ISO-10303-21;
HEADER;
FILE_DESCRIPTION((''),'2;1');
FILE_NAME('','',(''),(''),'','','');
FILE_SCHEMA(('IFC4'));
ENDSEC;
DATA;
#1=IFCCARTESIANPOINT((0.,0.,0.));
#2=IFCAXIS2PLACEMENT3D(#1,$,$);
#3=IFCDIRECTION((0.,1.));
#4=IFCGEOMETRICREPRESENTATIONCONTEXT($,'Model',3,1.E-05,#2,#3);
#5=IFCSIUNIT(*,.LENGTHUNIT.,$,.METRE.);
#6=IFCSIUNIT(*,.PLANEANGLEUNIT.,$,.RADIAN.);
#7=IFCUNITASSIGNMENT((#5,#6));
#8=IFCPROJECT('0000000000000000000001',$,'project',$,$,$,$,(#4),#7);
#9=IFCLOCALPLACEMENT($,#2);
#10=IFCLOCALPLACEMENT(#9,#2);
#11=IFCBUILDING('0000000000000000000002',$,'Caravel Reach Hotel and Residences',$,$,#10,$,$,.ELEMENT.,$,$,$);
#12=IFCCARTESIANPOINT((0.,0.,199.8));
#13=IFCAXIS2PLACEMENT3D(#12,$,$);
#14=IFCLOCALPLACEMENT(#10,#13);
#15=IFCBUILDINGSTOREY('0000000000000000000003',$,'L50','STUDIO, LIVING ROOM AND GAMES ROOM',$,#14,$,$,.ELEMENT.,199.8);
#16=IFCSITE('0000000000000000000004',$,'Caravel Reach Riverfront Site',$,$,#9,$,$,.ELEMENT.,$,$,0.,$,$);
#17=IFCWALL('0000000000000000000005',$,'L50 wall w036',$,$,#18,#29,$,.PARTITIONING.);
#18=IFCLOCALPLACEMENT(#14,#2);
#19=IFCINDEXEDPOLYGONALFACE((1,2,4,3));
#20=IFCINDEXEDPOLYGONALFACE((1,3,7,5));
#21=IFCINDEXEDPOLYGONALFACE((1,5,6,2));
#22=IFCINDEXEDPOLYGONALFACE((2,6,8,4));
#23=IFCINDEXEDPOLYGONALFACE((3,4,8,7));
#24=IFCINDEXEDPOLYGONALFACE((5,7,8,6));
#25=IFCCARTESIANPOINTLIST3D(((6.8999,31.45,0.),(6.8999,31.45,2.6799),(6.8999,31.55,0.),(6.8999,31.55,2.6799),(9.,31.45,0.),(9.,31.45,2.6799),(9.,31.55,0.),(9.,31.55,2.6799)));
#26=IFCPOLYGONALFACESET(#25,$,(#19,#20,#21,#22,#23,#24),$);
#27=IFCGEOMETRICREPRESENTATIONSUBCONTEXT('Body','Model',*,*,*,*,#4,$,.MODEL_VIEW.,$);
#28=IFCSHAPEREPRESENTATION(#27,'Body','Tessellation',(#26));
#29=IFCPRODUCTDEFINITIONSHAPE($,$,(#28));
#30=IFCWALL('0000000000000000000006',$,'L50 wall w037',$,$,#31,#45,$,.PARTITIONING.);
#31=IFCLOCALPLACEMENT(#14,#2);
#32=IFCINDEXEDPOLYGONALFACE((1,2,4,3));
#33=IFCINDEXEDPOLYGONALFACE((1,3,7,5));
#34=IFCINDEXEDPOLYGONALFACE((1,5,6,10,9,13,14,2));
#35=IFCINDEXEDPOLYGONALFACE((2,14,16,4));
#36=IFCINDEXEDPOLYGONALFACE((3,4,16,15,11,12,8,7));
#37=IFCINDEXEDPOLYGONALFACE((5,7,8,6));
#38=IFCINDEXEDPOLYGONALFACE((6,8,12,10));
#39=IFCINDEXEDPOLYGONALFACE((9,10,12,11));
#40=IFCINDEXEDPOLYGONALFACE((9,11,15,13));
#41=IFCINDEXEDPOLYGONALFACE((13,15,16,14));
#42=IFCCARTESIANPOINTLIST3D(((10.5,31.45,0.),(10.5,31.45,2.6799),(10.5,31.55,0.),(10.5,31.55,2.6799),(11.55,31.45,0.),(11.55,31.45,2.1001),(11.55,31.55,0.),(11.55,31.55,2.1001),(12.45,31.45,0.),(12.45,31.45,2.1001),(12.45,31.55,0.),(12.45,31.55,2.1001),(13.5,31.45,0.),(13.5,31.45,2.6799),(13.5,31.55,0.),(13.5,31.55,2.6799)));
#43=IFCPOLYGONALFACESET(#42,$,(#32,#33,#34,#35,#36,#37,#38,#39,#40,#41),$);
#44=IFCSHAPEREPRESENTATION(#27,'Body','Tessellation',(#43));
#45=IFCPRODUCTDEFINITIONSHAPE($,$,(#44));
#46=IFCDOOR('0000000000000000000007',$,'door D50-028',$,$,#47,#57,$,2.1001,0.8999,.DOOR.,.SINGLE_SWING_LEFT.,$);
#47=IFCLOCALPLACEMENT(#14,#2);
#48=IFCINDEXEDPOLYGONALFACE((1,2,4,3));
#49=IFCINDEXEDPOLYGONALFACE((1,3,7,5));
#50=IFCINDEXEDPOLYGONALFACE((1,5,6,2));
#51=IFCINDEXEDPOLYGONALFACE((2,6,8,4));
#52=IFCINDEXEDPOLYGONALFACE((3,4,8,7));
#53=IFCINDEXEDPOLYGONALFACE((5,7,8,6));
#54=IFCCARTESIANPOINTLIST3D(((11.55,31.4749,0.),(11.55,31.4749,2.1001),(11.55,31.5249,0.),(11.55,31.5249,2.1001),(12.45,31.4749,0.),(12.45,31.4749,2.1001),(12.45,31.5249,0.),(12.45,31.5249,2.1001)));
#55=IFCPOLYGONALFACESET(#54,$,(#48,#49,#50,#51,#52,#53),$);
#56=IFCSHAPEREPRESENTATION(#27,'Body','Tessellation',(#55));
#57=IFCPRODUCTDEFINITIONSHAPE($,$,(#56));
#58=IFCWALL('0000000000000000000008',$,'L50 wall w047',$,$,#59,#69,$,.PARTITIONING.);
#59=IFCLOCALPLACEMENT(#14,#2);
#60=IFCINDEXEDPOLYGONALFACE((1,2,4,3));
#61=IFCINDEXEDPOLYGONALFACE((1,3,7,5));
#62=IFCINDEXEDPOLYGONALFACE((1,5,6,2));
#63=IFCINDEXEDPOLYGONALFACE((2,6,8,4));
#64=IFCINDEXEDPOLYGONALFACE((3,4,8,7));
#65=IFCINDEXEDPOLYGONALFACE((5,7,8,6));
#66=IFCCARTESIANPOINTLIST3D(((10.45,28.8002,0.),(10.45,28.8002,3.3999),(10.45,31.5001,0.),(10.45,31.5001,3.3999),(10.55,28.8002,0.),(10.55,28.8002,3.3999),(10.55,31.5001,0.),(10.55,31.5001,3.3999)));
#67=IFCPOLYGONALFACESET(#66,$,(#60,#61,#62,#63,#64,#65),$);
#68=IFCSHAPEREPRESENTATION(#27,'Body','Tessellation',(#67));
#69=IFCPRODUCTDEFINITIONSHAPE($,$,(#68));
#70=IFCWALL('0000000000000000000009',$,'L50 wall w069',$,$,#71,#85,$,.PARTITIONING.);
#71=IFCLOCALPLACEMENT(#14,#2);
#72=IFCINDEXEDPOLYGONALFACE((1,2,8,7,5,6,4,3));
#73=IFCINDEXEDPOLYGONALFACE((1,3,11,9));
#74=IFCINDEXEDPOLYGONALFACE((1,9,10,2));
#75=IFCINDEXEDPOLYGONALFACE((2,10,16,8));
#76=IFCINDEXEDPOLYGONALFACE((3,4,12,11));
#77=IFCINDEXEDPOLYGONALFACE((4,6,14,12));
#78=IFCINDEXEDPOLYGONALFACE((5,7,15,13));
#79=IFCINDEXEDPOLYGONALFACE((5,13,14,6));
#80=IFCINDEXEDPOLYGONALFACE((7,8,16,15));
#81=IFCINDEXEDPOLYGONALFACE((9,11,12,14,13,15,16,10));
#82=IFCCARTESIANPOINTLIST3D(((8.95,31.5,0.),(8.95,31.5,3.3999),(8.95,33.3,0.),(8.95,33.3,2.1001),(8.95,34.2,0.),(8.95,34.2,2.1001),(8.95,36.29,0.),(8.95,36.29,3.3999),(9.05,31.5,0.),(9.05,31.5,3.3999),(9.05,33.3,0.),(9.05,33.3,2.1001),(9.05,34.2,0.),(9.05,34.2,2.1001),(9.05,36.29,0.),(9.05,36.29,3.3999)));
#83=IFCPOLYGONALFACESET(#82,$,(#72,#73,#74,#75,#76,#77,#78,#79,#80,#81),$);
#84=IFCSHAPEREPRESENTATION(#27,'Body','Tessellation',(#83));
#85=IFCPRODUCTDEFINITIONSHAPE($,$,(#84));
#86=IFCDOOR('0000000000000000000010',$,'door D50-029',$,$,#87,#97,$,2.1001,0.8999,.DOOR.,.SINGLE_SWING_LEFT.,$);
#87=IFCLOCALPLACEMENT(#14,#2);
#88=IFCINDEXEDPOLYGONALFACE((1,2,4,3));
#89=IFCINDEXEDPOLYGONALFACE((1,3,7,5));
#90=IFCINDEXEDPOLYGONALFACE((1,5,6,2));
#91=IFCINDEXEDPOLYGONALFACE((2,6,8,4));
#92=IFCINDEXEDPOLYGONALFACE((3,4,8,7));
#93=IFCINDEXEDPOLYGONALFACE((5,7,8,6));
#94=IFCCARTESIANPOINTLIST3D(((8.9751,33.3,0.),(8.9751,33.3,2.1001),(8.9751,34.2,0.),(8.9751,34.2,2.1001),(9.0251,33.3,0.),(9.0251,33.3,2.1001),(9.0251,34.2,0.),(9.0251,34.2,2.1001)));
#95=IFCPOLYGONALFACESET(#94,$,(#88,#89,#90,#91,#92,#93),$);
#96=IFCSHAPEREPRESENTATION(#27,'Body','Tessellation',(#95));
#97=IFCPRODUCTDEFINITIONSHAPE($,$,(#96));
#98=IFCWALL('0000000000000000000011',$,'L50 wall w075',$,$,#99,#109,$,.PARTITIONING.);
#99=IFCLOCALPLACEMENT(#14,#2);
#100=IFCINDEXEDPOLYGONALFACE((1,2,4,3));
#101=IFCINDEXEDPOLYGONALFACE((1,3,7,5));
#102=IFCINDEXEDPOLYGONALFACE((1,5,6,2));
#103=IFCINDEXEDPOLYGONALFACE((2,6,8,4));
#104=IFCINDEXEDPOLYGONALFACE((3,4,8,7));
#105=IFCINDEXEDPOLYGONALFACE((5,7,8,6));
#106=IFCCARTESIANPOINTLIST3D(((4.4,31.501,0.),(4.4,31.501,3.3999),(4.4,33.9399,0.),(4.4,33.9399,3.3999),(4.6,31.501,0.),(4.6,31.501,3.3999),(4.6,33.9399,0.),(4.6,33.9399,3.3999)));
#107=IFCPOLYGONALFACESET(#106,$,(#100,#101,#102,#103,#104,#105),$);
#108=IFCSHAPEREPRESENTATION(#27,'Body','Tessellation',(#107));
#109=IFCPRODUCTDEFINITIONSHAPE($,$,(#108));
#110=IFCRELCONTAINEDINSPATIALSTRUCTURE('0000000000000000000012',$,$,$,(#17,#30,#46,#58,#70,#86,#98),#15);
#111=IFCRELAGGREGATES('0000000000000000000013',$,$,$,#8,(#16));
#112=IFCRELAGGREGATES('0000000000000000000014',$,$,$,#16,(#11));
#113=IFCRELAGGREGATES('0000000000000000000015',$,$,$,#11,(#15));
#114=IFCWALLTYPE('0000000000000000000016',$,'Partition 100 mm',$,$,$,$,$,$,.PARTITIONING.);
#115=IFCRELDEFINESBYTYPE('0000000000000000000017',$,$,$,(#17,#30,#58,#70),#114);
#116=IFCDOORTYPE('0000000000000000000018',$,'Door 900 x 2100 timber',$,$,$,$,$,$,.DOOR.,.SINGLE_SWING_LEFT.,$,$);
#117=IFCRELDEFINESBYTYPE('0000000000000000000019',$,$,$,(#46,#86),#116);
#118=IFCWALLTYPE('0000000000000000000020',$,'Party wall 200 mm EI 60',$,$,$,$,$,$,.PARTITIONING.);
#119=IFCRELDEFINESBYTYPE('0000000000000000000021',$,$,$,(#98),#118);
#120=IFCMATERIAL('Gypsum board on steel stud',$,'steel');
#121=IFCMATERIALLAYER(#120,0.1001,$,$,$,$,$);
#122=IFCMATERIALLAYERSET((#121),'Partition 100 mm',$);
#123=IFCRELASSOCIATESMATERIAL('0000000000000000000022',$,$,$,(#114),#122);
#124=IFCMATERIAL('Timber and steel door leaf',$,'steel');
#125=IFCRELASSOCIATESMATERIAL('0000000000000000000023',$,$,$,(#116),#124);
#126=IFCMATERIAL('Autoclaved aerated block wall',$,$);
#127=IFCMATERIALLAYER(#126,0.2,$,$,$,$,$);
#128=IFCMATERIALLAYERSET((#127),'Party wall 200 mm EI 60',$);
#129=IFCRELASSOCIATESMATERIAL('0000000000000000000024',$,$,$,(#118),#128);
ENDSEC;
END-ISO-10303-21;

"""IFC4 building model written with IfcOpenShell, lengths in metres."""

from ifc_helpers import new_model, si_unit, direction, frame, frame_2d, origin, place, context, subcontext, project, spatial, rectangle, extrude, material, layer, layer_set, type_object, element, fill, save


model = new_model("IFC4")

# Units and contexts
model_context = context("Model", 3, precision=1e-05, world=origin(), true_north=direction((0.0, 1.0)))
body_context = subcontext(model_context, "Body", "Model", "MODEL_VIEW")
ifc_project = project(units=[si_unit("LENGTHUNIT", "METRE"), si_unit("PLANEANGLEUNIT", "RADIAN")], contexts=[model_context])

# Site, building, storey
site_placement = place(None, origin())
site = spatial("IfcSite", under=ifc_project, at=site_placement, Name="Caravel Reach Riverfront Site", CompositionType="ELEMENT", RefElevation=0.0)
building_placement = place(site_placement, origin())
building = spatial("IfcBuilding", under=site, at=building_placement, Name="Caravel Reach Hotel and Residences", CompositionType="ELEMENT")
storey_placement = place(building_placement, frame((0.0, 0.0, 199.8)))
storey = spatial("IfcBuildingStorey", under=building, at=storey_placement, Name="L50", Description="STUDIO, LIVING ROOM AND GAMES ROOM", CompositionType="ELEMENT", Elevation=199.8)

# Wall
ifc_material_1 = material(Name="Gypsum board on steel stud", Category="steel")
ifc_layer_1 = layer(ifc_material_1, 0.1001)
ifc_layer_set_1 = layer_set([ifc_layer_1], Name="Partition 100 mm")
wall_type_1 = type_object("IfcWallType", Name="Partition 100 mm", PredefinedType="PARTITIONING", material=ifc_layer_set_1)
wall_1_placement = place(storey_placement, frame((6.8999, 31.5, 0.0), z_axis=(0.0, 0.0, 1.0), x_axis=(1.0, 0.0, 0.0)))
element("IfcWall", 1, at=wall_1_placement, inside=storey, type_object=wall_type_1, Name="L50 wall w036", PredefinedType="PARTITIONING", context=body_context, shape_type="SweptSolid", body=[
    extrude(rectangle(XDim=2.1001, YDim=0.1001, at=frame_2d((1.05, 0.0))), origin(), (0.0, 0.0, 1.0), 2.6799),
])

# Wall, opening, door
wall_2_placement = place(storey_placement, frame((10.5, 31.5, 0.0), z_axis=(0.0, 0.0, 1.0), x_axis=(1.0, 0.0, 0.0)))
wall_2 = element("IfcWall", 2, at=wall_2_placement, inside=storey, type_object=wall_type_1, Name="L50 wall w037", PredefinedType="PARTITIONING", context=body_context, shape_type="SweptSolid", body=[
    extrude(rectangle(XDim=3.0, YDim=0.1001, at=frame_2d((1.5, 0.0))), origin(), (0.0, 0.0, 1.0), 2.6799),
])
opening_1_placement = place(wall_2_placement, frame((1.05, 0.0, 0.0)))
opening_1 = element("IfcOpeningElement", 3, at=opening_1_placement, cuts=wall_2, PredefinedType="OPENING", context=body_context, shape_type="SweptSolid", body=[
    extrude(rectangle(XDim=0.8999, YDim=2.1001, at=frame_2d((0.45, 1.05))), frame((0.0, 0.0601, 0.0), z_axis=(0.0, -1.0, 0.0), x_axis=(1.0, 0.0, 0.0)), (0.0, 0.0, 1.0), 0.1201),
])
ifc_material_2 = material(Name="Timber and steel door leaf", Category="steel")
door_type_1 = type_object("IfcDoorType", Name="Door 900 x 2100 timber", OperationType="SINGLE_SWING_LEFT", PredefinedType="DOOR", material=ifc_material_2)
door_1_placement = place(opening_1_placement, origin())
door_1 = element("IfcDoor", 4, at=door_1_placement, inside=storey, type_object=door_type_1, Name="door D50-028", OperationType="SINGLE_SWING_LEFT", OverallHeight=2.1001, OverallWidth=0.8999, PredefinedType="DOOR", context=body_context, shape_type="SweptSolid", body=[
    extrude(rectangle(XDim=0.8999, YDim=2.1001, at=frame_2d((0.45, 1.05))), frame((0.0, 0.0249, 0.0), z_axis=(0.0, -1.0, 0.0), x_axis=(1.0, 0.0, 0.0)), (0.0, 0.0, 1.0), 0.05),
])
fill(opening_1, door_1)

# Wall
wall_3_placement = place(storey_placement, frame((10.5, 28.8, 0.0), z_axis=(0.0, 0.0, 1.0), x_axis=(0.0, 1.0, 0.0)))
element("IfcWall", 5, at=wall_3_placement, inside=storey, type_object=wall_type_1, Name="L50 wall w047", PredefinedType="PARTITIONING", context=body_context, shape_type="SweptSolid", body=[
    extrude(rectangle(XDim=2.7, YDim=0.1001, at=frame_2d((1.3501, 0.0))), origin(), (0.0, 0.0, 1.0), 3.3999),
])

# Wall, opening, door
wall_4_placement = place(storey_placement, frame((9.0, 31.5, 0.0), z_axis=(0.0, 0.0, 1.0), x_axis=(0.0, 1.0, 0.0)))
wall_4 = element("IfcWall", 6, at=wall_4_placement, inside=storey, type_object=wall_type_1, Name="L50 wall w069", PredefinedType="PARTITIONING", context=body_context, shape_type="SweptSolid", body=[
    extrude(rectangle(XDim=4.79, YDim=0.1001, at=frame_2d((2.395, 0.0))), origin(), (0.0, 0.0, 1.0), 3.3999),
])
opening_2_placement = place(wall_4_placement, frame((1.8, 0.0, 0.0)))
opening_2 = element("IfcOpeningElement", 7, at=opening_2_placement, cuts=wall_4, PredefinedType="OPENING", context=body_context, shape_type="SweptSolid", body=[
    extrude(rectangle(XDim=0.8999, YDim=2.1001, at=frame_2d((0.45, 1.05))), frame((0.0, 0.0601, 0.0), z_axis=(0.0, -1.0, 0.0), x_axis=(1.0, 0.0, 0.0)), (0.0, 0.0, 1.0), 0.1201),
])
door_2_placement = place(opening_2_placement, origin())
door_2 = element("IfcDoor", 8, at=door_2_placement, inside=storey, type_object=door_type_1, Name="door D50-029", OperationType="SINGLE_SWING_LEFT", OverallHeight=2.1001, OverallWidth=0.8999, PredefinedType="DOOR", context=body_context, shape_type="SweptSolid", body=[
    extrude(rectangle(XDim=0.8999, YDim=2.1001, at=frame_2d((0.45, 1.05))), frame((0.0, 0.0249, 0.0), z_axis=(0.0, -1.0, 0.0), x_axis=(1.0, 0.0, 0.0)), (0.0, 0.0, 1.0), 0.05),
])
fill(opening_2, door_2)

# Wall
ifc_material_3 = material(Name="Autoclaved aerated block wall")
ifc_layer_2 = layer(ifc_material_3, 0.2)
ifc_layer_set_2 = layer_set([ifc_layer_2], Name="Party wall 200 mm EI 60")
wall_type_2 = type_object("IfcWallType", Name="Party wall 200 mm EI 60", PredefinedType="PARTITIONING", material=ifc_layer_set_2)
wall_5_placement = place(storey_placement, frame((4.5, 31.501, 0.0), z_axis=(0.0, 0.0, 1.0), x_axis=(0.0, 1.0, 0.0)))
element("IfcWall", 9, at=wall_5_placement, inside=storey, type_object=wall_type_2, Name="L50 wall w075", PredefinedType="PARTITIONING", context=body_context, shape_type="SweptSolid", body=[
    extrude(rectangle(XDim=2.439, YDim=0.2, at=frame_2d((1.2195, 0.0))), origin(), (0.0, 0.0, 1.0), 3.3999),
])

save(model, "model.ifc")
